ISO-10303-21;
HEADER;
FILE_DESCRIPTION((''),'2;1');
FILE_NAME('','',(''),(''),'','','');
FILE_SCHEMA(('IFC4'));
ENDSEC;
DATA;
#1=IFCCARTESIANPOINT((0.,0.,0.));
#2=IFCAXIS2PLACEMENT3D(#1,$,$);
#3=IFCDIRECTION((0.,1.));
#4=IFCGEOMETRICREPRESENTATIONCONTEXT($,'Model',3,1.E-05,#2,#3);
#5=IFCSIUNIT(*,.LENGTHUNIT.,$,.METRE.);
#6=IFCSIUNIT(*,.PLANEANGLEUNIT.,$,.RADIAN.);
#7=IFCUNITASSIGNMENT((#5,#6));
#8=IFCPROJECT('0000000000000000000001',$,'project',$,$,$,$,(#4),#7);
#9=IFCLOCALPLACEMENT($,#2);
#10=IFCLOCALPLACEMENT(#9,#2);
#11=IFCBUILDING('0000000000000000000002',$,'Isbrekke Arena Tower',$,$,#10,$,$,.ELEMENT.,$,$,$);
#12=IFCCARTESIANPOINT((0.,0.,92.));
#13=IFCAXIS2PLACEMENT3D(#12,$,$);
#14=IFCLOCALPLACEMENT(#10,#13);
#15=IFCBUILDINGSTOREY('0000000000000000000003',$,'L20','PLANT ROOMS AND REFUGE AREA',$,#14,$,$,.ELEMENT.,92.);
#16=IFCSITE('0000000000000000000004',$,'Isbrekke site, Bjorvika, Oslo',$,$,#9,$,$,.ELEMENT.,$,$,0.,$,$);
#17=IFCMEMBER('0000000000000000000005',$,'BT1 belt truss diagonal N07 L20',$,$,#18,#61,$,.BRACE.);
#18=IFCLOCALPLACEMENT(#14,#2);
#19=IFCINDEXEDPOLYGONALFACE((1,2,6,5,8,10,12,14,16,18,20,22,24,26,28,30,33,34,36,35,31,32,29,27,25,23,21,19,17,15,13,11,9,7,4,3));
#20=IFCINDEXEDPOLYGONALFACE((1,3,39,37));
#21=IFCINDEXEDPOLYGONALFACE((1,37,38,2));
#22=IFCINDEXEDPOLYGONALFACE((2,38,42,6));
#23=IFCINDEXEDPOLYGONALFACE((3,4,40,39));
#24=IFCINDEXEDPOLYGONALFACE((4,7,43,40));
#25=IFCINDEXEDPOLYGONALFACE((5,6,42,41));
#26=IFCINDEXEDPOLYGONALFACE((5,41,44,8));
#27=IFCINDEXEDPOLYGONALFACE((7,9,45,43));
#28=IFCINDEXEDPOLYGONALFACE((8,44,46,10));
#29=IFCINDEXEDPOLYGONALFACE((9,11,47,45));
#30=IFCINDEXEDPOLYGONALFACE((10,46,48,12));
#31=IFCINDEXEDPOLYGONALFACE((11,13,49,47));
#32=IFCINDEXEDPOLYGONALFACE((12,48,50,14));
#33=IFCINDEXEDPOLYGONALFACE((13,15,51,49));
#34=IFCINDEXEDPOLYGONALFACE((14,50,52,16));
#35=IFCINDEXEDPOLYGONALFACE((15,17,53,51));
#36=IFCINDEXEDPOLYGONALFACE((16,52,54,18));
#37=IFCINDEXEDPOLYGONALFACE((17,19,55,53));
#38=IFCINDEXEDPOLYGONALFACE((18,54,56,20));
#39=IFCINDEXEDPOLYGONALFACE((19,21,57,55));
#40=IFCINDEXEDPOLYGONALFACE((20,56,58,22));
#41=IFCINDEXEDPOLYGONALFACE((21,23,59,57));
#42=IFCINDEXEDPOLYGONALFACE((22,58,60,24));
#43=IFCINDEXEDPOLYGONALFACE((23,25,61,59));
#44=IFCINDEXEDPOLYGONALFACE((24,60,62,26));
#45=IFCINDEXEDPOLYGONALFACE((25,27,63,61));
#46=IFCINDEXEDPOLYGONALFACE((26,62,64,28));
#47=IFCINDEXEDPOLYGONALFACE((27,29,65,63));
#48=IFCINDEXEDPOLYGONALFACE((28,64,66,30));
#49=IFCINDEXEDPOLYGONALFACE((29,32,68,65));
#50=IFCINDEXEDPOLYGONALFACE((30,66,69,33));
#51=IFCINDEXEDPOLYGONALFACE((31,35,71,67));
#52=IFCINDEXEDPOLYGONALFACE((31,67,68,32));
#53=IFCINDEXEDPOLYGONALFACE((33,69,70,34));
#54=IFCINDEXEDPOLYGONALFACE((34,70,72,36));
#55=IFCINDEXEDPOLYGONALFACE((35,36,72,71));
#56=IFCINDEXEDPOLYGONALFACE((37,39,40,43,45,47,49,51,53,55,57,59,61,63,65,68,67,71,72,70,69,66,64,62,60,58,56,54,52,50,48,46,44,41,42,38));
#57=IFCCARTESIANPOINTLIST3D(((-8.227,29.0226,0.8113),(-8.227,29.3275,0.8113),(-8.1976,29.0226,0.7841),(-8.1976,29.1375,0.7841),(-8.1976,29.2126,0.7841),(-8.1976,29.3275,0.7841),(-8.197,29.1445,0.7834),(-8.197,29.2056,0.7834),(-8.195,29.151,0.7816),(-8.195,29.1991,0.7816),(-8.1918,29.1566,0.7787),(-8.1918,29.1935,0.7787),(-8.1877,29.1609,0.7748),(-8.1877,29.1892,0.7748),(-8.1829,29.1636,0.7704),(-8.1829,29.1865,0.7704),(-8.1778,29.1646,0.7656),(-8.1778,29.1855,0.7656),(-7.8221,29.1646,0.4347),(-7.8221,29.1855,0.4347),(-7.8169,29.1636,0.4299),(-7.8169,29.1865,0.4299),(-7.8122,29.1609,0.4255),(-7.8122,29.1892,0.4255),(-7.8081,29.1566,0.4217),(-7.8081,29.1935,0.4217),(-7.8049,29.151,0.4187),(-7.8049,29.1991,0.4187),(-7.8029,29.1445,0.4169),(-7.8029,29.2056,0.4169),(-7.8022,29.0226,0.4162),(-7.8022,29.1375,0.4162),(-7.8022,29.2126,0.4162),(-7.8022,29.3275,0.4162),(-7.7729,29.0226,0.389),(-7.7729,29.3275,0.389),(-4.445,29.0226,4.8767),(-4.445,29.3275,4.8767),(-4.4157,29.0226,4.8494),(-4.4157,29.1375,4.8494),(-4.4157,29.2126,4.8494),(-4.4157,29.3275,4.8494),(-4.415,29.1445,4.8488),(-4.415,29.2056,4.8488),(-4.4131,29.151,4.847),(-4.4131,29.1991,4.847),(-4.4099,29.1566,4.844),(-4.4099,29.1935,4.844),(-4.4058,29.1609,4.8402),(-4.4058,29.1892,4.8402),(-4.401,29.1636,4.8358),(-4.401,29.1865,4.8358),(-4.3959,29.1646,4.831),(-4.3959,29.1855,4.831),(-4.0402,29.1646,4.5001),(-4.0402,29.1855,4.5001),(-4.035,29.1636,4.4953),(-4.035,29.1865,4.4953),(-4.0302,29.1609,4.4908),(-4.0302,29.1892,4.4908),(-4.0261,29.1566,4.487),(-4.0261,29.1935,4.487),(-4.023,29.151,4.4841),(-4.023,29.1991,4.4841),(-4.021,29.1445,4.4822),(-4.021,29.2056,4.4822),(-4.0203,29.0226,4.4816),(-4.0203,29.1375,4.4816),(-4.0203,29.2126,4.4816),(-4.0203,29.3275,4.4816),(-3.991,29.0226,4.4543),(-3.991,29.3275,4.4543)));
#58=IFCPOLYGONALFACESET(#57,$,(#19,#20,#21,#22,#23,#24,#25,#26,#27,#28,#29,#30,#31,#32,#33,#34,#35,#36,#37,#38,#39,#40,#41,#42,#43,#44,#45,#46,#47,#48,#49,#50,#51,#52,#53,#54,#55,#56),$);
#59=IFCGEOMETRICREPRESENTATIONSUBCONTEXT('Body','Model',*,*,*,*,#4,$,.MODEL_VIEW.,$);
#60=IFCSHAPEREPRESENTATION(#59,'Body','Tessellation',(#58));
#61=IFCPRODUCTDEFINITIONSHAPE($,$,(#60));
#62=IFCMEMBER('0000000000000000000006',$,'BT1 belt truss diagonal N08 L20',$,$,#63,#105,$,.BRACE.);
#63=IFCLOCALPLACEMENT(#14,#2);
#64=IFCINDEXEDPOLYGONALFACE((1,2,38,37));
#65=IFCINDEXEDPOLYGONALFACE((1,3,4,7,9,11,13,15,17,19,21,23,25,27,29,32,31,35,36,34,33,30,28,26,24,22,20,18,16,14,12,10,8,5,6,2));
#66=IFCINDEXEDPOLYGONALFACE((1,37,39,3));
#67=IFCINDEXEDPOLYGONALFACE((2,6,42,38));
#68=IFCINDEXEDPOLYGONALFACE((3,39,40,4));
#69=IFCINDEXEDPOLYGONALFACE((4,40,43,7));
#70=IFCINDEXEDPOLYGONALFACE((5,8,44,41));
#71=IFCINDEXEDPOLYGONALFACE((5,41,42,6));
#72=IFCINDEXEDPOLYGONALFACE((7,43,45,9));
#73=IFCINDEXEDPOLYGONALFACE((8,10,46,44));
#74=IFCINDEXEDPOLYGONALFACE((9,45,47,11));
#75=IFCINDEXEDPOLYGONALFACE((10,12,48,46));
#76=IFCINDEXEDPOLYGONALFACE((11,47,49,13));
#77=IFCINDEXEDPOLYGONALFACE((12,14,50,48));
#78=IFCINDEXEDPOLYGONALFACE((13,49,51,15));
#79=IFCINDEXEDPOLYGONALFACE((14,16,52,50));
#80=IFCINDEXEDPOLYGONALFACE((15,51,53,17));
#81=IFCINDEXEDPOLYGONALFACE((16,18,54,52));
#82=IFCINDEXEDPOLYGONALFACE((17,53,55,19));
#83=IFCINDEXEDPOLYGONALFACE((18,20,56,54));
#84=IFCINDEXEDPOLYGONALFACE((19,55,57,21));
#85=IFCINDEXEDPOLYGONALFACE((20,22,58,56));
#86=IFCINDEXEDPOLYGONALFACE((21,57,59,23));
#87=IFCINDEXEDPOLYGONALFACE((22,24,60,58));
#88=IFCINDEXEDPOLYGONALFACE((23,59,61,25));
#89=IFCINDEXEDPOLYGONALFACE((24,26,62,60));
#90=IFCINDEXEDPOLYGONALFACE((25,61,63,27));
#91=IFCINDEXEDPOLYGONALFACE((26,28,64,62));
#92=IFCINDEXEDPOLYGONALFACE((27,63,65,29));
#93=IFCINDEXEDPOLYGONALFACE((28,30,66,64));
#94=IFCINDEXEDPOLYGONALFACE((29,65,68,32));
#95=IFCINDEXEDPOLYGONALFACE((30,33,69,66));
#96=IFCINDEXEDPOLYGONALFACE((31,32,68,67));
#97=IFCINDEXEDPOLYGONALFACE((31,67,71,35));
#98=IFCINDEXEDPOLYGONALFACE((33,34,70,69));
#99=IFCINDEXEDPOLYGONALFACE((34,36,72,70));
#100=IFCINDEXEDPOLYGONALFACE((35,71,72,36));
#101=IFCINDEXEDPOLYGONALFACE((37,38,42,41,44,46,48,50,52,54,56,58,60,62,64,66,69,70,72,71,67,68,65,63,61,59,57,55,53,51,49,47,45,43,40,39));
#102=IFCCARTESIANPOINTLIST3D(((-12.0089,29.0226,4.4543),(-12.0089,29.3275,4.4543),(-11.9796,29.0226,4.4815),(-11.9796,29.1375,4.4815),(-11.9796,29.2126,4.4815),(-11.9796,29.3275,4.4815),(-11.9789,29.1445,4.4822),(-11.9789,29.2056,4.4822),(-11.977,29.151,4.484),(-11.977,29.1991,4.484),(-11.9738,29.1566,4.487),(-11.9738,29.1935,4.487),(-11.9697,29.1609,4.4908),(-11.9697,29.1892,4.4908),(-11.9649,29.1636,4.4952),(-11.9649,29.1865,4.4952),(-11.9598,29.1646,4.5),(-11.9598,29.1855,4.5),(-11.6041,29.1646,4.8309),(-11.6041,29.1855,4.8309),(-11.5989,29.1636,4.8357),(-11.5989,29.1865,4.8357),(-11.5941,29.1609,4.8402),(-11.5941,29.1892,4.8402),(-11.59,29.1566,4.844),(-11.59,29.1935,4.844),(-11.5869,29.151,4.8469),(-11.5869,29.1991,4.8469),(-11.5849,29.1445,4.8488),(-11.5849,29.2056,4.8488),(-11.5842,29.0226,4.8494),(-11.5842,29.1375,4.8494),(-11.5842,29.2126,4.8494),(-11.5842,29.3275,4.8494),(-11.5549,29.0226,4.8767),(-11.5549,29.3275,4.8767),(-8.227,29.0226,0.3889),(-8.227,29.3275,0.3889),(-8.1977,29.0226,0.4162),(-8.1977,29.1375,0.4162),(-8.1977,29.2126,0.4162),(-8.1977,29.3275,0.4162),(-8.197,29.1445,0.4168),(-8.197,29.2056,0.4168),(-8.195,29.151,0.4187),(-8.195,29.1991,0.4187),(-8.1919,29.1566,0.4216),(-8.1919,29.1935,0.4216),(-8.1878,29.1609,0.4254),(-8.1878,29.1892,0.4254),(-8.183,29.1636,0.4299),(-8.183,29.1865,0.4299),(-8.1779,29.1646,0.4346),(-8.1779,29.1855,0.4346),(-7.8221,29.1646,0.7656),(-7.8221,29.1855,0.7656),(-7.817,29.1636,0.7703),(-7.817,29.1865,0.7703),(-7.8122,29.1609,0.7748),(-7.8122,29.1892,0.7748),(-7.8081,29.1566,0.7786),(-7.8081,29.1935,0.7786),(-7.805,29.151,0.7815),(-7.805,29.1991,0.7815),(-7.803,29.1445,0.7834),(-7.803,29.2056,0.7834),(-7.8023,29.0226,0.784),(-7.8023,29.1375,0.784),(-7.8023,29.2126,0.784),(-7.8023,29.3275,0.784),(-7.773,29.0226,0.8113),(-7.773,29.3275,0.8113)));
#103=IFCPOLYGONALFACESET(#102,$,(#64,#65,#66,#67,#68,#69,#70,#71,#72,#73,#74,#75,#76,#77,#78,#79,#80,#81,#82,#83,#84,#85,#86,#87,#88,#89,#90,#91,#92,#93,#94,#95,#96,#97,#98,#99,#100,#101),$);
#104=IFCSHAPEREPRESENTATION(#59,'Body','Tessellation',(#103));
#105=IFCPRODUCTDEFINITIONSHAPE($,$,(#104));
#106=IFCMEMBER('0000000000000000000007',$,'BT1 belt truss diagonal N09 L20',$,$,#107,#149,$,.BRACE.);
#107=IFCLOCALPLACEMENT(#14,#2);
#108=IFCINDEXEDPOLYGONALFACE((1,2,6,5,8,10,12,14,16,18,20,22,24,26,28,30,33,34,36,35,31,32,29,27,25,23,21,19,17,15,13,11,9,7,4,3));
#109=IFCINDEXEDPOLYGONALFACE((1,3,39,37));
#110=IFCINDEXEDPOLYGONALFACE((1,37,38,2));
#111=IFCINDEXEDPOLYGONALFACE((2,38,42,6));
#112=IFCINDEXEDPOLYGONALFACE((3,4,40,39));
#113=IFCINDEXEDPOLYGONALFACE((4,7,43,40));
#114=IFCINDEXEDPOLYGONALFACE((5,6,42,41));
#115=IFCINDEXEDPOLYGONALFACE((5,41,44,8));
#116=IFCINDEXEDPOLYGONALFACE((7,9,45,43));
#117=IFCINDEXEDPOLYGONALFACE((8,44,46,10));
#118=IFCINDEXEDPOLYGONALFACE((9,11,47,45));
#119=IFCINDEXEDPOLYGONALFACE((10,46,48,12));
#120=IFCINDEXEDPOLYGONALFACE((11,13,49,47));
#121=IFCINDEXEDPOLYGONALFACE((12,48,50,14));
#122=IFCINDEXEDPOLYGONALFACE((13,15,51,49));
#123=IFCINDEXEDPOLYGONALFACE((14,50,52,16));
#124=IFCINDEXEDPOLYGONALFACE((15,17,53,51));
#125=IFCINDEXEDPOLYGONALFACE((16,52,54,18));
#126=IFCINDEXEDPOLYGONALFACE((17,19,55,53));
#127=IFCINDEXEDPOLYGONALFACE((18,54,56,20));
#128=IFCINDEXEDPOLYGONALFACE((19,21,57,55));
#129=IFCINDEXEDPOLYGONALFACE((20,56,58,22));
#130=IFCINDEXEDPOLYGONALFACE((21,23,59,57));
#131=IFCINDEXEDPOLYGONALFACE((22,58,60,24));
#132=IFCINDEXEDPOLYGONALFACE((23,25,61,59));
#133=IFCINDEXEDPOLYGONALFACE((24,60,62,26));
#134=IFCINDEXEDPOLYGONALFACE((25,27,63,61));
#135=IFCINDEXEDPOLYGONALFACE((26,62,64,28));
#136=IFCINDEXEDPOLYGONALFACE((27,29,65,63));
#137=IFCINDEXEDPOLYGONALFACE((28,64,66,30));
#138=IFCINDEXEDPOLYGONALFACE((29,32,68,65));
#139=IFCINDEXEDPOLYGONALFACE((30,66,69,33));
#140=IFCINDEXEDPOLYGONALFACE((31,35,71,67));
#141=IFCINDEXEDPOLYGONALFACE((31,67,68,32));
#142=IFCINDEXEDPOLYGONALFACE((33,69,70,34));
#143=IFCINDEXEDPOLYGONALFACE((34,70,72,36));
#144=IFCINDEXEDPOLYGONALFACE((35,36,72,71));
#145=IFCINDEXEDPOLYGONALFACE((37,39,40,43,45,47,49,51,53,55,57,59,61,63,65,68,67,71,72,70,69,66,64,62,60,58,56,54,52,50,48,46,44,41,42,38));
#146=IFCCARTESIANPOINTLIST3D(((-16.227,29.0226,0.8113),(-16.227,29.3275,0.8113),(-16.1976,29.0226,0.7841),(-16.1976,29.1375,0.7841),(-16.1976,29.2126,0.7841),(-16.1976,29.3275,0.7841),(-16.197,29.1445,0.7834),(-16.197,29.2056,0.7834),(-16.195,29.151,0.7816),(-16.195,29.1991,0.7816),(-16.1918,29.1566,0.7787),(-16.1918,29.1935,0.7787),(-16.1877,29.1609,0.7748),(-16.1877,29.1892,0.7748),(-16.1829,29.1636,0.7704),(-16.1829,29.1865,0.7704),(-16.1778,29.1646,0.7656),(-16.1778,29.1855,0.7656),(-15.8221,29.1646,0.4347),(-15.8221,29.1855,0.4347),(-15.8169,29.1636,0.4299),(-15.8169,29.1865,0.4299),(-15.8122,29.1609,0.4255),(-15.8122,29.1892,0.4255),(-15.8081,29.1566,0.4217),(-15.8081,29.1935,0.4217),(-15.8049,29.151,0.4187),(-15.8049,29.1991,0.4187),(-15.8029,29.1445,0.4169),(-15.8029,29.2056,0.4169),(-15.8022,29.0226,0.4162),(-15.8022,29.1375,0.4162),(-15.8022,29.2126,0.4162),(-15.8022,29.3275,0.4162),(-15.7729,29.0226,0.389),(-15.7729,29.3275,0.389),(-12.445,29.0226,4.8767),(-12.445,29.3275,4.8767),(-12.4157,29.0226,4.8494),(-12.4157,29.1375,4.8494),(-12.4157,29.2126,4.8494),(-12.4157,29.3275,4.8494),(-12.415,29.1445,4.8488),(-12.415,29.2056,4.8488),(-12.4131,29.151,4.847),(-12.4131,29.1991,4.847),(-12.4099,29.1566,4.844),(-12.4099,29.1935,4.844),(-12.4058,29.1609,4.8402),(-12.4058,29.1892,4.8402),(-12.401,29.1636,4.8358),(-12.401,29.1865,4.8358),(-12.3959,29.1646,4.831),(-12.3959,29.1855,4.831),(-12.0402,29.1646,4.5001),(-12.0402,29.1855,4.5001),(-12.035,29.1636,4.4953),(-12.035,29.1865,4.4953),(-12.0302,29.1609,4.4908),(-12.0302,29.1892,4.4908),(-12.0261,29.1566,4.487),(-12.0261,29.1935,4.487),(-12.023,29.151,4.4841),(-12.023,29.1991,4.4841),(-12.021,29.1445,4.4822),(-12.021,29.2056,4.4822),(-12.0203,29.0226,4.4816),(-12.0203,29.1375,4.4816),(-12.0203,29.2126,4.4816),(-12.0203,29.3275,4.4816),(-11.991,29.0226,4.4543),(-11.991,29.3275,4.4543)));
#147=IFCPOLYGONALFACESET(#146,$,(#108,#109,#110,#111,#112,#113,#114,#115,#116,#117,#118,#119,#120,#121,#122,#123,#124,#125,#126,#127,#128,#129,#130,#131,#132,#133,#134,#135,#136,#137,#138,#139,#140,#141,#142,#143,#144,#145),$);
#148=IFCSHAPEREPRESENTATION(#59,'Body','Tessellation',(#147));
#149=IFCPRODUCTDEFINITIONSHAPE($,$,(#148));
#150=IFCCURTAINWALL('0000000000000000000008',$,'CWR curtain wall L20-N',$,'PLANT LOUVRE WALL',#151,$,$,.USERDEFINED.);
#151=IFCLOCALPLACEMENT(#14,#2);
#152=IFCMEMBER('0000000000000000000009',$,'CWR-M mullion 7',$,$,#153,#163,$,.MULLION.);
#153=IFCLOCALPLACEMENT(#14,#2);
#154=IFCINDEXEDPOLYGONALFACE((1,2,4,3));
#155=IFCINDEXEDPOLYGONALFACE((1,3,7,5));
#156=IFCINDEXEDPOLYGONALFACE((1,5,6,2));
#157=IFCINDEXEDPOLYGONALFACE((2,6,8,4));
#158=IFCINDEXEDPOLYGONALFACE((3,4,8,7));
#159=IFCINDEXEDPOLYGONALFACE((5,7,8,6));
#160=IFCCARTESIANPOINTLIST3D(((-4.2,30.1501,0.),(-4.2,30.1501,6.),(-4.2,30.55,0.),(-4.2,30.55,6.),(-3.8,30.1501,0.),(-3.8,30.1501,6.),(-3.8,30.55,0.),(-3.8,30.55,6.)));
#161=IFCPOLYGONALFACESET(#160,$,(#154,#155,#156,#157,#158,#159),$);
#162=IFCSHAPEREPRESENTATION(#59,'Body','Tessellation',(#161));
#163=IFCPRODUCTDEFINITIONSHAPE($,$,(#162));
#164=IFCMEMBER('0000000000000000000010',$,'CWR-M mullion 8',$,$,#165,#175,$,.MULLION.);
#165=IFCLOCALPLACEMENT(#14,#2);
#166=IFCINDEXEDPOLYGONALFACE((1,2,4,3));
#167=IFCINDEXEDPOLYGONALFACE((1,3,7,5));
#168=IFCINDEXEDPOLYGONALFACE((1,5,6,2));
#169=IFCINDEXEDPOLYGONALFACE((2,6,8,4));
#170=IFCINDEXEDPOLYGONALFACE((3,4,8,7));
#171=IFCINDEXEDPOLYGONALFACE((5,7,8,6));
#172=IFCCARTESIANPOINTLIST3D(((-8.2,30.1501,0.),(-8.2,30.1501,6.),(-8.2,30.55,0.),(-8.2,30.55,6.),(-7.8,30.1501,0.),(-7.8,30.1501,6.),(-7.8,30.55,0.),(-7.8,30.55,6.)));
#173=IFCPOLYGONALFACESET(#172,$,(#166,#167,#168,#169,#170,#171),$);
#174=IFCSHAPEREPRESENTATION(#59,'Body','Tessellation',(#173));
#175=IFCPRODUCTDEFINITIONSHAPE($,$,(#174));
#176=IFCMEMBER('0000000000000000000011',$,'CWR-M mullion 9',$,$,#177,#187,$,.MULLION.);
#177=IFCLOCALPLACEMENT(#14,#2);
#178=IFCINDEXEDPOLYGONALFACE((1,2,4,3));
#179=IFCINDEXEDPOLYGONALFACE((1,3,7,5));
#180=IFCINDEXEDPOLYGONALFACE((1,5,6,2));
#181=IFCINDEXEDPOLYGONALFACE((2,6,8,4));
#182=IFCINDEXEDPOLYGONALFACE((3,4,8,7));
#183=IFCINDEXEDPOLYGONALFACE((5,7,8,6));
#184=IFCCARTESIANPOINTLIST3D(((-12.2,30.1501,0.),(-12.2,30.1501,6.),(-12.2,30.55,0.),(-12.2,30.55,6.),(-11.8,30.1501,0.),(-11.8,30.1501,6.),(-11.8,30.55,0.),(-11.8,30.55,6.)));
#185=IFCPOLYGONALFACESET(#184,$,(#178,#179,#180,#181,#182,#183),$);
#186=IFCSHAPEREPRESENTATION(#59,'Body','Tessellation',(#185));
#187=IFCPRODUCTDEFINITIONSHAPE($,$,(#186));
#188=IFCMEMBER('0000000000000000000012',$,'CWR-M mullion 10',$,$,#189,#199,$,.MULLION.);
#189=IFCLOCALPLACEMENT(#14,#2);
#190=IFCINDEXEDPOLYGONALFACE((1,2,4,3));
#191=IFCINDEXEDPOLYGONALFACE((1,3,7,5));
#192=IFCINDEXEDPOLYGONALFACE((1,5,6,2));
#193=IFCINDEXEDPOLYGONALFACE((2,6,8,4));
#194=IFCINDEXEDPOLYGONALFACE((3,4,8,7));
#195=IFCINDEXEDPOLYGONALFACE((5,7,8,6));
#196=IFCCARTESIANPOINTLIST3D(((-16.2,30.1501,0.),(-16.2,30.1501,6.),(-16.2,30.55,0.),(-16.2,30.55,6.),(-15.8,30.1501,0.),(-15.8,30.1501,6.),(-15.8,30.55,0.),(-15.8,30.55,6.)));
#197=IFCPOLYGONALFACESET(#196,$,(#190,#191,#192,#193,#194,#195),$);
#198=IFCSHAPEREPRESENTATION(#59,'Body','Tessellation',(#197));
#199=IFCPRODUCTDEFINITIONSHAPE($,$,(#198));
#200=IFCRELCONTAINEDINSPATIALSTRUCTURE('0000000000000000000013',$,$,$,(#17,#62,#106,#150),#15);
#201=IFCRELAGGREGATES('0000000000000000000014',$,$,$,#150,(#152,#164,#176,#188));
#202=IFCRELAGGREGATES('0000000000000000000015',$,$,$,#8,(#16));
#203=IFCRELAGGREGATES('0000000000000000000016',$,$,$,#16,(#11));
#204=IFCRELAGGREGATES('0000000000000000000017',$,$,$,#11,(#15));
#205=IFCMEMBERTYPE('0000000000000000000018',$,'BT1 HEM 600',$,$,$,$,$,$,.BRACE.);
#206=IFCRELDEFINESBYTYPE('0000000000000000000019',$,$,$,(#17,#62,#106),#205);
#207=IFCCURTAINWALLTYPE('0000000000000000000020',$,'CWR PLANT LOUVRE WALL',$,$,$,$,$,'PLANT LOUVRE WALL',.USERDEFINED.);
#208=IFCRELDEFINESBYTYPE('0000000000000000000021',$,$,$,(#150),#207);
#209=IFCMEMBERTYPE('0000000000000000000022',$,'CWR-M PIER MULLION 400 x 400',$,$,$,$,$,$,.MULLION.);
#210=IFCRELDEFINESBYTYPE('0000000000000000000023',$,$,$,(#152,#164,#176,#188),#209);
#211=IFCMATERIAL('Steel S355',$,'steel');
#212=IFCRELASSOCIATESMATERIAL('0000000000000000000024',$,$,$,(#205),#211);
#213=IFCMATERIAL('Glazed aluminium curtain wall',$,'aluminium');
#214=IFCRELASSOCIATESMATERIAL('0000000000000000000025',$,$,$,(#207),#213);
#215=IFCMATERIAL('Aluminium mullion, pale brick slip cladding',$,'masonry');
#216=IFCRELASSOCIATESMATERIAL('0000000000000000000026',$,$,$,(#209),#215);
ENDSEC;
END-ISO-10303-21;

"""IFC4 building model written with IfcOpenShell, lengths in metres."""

from ifc_helpers import new_model, si_unit, direction, frame, origin, origin_2d, place, context, subcontext, project, spatial, rectangle, i_section, extrude, material, material_profile, profile_set, type_object, element, aggregate, save


model = new_model("IFC4")

# Units and contexts
model_context = context("Model", 3, precision=1e-05, world=origin(), true_north=direction((0.0, 1.0)))
body_context = subcontext(model_context, "Body", "Model", "MODEL_VIEW")
ifc_project = project(units=[si_unit("LENGTHUNIT", "METRE"), si_unit("PLANEANGLEUNIT", "RADIAN")], contexts=[model_context])

# Site, building, storey
site_placement = place(None, origin())
site = spatial("IfcSite", under=ifc_project, at=site_placement, Name="Isbrekke site, Bjorvika, Oslo", CompositionType="ELEMENT", RefElevation=0.0)
building_placement = place(site_placement, origin())
building = spatial("IfcBuilding", under=site, at=building_placement, Name="Isbrekke Arena Tower", CompositionType="ELEMENT")
storey_placement = place(building_placement, frame((0.0, 0.0, 92.0)))
storey = spatial("IfcBuildingStorey", under=building, at=storey_placement, Name="L20", Description="PLANT ROOMS AND REFUGE AREA", CompositionType="ELEMENT", Elevation=92.0)

# Members
ifc_material_1 = material(Name="Steel S355", Category="steel")
ifc_material_profile_1 = material_profile(ifc_material_1, i_section(OverallWidth=0.3049, OverallDepth=0.6201, WebThickness=0.021, FlangeThickness=0.04, FilletRadius=0.0271, at=origin_2d()), Name="HEM 600")
ifc_profile_set_1 = profile_set([ifc_material_profile_1], Name="Steel S355")
member_type_1 = type_object("IfcMemberType", Name="BT1 HEM 600", PredefinedType="BRACE", material=ifc_profile_set_1)
for number, where, z_axis, x_axis, name in (
    (1, (-4.218, 29.175, 4.6655), (-0.681122, 0.0, -0.73217), (0.0, -1.0, 0.0), "BT1 belt truss diagonal N07 L20"),
    (2, (-8.0, 29.175, 0.6001), (-0.681122, 0.0, 0.73217), (0.0, -1.0, 0.0), "BT1 belt truss diagonal N08 L20"),
    (3, (-12.218, 29.175, 4.6655), (-0.681122, 0.0, -0.73217), (0.0, -1.0, 0.0), "BT1 belt truss diagonal N09 L20"),
):
    element("IfcMember", number, at=place(storey_placement, frame(where, z_axis=z_axis, x_axis=x_axis)), inside=storey, type_object=member_type_1, Name=name, PredefinedType="BRACE", context=body_context, shape_type="SweptSolid", body=[
        extrude(i_section(OverallWidth=0.3049, OverallDepth=0.6201, WebThickness=0.021, FlangeThickness=0.04, FilletRadius=0.0271, at=origin_2d()), origin(), (0.0, 0.0, 1.0), 5.5525),
    ])

# Curtain wall, members
ifc_material_2 = material(Name="Glazed aluminium curtain wall", Category="aluminium")
curtain_wall_type = type_object("IfcCurtainWallType", Name="CWR PLANT LOUVRE WALL", ElementType="PLANT LOUVRE WALL", PredefinedType="USERDEFINED", material=ifc_material_2)
curtain_wall_placement = place(storey_placement, origin())
curtain_wall = element("IfcCurtainWall", 4, at=curtain_wall_placement, inside=storey, type_object=curtain_wall_type, Name="CWR curtain wall L20-N", ObjectType="PLANT LOUVRE WALL", PredefinedType="USERDEFINED")
ifc_material_3 = material(Name="Aluminium mullion, pale brick slip cladding", Category="masonry")
ifc_material_profile_2 = material_profile(ifc_material_3, rectangle(XDim=0.3999, YDim=0.3999, at=origin_2d()), Name="PIER 400X400")
ifc_profile_set_2 = profile_set([ifc_material_profile_2], Name="Aluminium mullion, pale brick slip cladding")
member_type_2 = type_object("IfcMemberType", Name="CWR-M PIER MULLION 400 x 400", PredefinedType="MULLION", material=ifc_profile_set_2)
member_1_placement = place(storey_placement, frame((-4.0, 30.3501, 0.0), z_axis=(0.0, 0.0, 1.0), x_axis=(-1.0, 0.0, 0.0)))
member_1 = element("IfcMember", 5, at=member_1_placement, type_object=member_type_2, Name="CWR-M mullion 7", PredefinedType="MULLION", context=body_context, shape_type="SweptSolid", body=[
    extrude(rectangle(XDim=0.3999, YDim=0.3999, at=origin_2d()), origin(), (0.0, 0.0, 1.0), 6.0),
])
member_2_placement = place(storey_placement, frame((-8.0, 30.3501, 0.0), z_axis=(0.0, 0.0, 1.0), x_axis=(-1.0, 0.0, 0.0)))
member_2 = element("IfcMember", 6, at=member_2_placement, type_object=member_type_2, Name="CWR-M mullion 8", PredefinedType="MULLION", context=body_context, shape_type="SweptSolid", body=[
    extrude(rectangle(XDim=0.3999, YDim=0.3999, at=origin_2d()), origin(), (0.0, 0.0, 1.0), 6.0),
])
member_3_placement = place(storey_placement, frame((-12.0, 30.3501, 0.0), z_axis=(0.0, 0.0, 1.0), x_axis=(-1.0, 0.0, 0.0)))
member_3 = element("IfcMember", 7, at=member_3_placement, type_object=member_type_2, Name="CWR-M mullion 9", PredefinedType="MULLION", context=body_context, shape_type="SweptSolid", body=[
    extrude(rectangle(XDim=0.3999, YDim=0.3999, at=origin_2d()), origin(), (0.0, 0.0, 1.0), 6.0),
])
member_4_placement = place(storey_placement, frame((-16.0, 30.3501, 0.0), z_axis=(0.0, 0.0, 1.0), x_axis=(-1.0, 0.0, 0.0)))
member_4 = element("IfcMember", 8, at=member_4_placement, type_object=member_type_2, Name="CWR-M mullion 10", PredefinedType="MULLION", context=body_context, shape_type="SweptSolid", body=[
    extrude(rectangle(XDim=0.3999, YDim=0.3999, at=origin_2d()), origin(), (0.0, 0.0, 1.0), 6.0),
])

aggregate(curtain_wall, [member_1, member_2, member_3, member_4])

save(model, "model.ifc")
